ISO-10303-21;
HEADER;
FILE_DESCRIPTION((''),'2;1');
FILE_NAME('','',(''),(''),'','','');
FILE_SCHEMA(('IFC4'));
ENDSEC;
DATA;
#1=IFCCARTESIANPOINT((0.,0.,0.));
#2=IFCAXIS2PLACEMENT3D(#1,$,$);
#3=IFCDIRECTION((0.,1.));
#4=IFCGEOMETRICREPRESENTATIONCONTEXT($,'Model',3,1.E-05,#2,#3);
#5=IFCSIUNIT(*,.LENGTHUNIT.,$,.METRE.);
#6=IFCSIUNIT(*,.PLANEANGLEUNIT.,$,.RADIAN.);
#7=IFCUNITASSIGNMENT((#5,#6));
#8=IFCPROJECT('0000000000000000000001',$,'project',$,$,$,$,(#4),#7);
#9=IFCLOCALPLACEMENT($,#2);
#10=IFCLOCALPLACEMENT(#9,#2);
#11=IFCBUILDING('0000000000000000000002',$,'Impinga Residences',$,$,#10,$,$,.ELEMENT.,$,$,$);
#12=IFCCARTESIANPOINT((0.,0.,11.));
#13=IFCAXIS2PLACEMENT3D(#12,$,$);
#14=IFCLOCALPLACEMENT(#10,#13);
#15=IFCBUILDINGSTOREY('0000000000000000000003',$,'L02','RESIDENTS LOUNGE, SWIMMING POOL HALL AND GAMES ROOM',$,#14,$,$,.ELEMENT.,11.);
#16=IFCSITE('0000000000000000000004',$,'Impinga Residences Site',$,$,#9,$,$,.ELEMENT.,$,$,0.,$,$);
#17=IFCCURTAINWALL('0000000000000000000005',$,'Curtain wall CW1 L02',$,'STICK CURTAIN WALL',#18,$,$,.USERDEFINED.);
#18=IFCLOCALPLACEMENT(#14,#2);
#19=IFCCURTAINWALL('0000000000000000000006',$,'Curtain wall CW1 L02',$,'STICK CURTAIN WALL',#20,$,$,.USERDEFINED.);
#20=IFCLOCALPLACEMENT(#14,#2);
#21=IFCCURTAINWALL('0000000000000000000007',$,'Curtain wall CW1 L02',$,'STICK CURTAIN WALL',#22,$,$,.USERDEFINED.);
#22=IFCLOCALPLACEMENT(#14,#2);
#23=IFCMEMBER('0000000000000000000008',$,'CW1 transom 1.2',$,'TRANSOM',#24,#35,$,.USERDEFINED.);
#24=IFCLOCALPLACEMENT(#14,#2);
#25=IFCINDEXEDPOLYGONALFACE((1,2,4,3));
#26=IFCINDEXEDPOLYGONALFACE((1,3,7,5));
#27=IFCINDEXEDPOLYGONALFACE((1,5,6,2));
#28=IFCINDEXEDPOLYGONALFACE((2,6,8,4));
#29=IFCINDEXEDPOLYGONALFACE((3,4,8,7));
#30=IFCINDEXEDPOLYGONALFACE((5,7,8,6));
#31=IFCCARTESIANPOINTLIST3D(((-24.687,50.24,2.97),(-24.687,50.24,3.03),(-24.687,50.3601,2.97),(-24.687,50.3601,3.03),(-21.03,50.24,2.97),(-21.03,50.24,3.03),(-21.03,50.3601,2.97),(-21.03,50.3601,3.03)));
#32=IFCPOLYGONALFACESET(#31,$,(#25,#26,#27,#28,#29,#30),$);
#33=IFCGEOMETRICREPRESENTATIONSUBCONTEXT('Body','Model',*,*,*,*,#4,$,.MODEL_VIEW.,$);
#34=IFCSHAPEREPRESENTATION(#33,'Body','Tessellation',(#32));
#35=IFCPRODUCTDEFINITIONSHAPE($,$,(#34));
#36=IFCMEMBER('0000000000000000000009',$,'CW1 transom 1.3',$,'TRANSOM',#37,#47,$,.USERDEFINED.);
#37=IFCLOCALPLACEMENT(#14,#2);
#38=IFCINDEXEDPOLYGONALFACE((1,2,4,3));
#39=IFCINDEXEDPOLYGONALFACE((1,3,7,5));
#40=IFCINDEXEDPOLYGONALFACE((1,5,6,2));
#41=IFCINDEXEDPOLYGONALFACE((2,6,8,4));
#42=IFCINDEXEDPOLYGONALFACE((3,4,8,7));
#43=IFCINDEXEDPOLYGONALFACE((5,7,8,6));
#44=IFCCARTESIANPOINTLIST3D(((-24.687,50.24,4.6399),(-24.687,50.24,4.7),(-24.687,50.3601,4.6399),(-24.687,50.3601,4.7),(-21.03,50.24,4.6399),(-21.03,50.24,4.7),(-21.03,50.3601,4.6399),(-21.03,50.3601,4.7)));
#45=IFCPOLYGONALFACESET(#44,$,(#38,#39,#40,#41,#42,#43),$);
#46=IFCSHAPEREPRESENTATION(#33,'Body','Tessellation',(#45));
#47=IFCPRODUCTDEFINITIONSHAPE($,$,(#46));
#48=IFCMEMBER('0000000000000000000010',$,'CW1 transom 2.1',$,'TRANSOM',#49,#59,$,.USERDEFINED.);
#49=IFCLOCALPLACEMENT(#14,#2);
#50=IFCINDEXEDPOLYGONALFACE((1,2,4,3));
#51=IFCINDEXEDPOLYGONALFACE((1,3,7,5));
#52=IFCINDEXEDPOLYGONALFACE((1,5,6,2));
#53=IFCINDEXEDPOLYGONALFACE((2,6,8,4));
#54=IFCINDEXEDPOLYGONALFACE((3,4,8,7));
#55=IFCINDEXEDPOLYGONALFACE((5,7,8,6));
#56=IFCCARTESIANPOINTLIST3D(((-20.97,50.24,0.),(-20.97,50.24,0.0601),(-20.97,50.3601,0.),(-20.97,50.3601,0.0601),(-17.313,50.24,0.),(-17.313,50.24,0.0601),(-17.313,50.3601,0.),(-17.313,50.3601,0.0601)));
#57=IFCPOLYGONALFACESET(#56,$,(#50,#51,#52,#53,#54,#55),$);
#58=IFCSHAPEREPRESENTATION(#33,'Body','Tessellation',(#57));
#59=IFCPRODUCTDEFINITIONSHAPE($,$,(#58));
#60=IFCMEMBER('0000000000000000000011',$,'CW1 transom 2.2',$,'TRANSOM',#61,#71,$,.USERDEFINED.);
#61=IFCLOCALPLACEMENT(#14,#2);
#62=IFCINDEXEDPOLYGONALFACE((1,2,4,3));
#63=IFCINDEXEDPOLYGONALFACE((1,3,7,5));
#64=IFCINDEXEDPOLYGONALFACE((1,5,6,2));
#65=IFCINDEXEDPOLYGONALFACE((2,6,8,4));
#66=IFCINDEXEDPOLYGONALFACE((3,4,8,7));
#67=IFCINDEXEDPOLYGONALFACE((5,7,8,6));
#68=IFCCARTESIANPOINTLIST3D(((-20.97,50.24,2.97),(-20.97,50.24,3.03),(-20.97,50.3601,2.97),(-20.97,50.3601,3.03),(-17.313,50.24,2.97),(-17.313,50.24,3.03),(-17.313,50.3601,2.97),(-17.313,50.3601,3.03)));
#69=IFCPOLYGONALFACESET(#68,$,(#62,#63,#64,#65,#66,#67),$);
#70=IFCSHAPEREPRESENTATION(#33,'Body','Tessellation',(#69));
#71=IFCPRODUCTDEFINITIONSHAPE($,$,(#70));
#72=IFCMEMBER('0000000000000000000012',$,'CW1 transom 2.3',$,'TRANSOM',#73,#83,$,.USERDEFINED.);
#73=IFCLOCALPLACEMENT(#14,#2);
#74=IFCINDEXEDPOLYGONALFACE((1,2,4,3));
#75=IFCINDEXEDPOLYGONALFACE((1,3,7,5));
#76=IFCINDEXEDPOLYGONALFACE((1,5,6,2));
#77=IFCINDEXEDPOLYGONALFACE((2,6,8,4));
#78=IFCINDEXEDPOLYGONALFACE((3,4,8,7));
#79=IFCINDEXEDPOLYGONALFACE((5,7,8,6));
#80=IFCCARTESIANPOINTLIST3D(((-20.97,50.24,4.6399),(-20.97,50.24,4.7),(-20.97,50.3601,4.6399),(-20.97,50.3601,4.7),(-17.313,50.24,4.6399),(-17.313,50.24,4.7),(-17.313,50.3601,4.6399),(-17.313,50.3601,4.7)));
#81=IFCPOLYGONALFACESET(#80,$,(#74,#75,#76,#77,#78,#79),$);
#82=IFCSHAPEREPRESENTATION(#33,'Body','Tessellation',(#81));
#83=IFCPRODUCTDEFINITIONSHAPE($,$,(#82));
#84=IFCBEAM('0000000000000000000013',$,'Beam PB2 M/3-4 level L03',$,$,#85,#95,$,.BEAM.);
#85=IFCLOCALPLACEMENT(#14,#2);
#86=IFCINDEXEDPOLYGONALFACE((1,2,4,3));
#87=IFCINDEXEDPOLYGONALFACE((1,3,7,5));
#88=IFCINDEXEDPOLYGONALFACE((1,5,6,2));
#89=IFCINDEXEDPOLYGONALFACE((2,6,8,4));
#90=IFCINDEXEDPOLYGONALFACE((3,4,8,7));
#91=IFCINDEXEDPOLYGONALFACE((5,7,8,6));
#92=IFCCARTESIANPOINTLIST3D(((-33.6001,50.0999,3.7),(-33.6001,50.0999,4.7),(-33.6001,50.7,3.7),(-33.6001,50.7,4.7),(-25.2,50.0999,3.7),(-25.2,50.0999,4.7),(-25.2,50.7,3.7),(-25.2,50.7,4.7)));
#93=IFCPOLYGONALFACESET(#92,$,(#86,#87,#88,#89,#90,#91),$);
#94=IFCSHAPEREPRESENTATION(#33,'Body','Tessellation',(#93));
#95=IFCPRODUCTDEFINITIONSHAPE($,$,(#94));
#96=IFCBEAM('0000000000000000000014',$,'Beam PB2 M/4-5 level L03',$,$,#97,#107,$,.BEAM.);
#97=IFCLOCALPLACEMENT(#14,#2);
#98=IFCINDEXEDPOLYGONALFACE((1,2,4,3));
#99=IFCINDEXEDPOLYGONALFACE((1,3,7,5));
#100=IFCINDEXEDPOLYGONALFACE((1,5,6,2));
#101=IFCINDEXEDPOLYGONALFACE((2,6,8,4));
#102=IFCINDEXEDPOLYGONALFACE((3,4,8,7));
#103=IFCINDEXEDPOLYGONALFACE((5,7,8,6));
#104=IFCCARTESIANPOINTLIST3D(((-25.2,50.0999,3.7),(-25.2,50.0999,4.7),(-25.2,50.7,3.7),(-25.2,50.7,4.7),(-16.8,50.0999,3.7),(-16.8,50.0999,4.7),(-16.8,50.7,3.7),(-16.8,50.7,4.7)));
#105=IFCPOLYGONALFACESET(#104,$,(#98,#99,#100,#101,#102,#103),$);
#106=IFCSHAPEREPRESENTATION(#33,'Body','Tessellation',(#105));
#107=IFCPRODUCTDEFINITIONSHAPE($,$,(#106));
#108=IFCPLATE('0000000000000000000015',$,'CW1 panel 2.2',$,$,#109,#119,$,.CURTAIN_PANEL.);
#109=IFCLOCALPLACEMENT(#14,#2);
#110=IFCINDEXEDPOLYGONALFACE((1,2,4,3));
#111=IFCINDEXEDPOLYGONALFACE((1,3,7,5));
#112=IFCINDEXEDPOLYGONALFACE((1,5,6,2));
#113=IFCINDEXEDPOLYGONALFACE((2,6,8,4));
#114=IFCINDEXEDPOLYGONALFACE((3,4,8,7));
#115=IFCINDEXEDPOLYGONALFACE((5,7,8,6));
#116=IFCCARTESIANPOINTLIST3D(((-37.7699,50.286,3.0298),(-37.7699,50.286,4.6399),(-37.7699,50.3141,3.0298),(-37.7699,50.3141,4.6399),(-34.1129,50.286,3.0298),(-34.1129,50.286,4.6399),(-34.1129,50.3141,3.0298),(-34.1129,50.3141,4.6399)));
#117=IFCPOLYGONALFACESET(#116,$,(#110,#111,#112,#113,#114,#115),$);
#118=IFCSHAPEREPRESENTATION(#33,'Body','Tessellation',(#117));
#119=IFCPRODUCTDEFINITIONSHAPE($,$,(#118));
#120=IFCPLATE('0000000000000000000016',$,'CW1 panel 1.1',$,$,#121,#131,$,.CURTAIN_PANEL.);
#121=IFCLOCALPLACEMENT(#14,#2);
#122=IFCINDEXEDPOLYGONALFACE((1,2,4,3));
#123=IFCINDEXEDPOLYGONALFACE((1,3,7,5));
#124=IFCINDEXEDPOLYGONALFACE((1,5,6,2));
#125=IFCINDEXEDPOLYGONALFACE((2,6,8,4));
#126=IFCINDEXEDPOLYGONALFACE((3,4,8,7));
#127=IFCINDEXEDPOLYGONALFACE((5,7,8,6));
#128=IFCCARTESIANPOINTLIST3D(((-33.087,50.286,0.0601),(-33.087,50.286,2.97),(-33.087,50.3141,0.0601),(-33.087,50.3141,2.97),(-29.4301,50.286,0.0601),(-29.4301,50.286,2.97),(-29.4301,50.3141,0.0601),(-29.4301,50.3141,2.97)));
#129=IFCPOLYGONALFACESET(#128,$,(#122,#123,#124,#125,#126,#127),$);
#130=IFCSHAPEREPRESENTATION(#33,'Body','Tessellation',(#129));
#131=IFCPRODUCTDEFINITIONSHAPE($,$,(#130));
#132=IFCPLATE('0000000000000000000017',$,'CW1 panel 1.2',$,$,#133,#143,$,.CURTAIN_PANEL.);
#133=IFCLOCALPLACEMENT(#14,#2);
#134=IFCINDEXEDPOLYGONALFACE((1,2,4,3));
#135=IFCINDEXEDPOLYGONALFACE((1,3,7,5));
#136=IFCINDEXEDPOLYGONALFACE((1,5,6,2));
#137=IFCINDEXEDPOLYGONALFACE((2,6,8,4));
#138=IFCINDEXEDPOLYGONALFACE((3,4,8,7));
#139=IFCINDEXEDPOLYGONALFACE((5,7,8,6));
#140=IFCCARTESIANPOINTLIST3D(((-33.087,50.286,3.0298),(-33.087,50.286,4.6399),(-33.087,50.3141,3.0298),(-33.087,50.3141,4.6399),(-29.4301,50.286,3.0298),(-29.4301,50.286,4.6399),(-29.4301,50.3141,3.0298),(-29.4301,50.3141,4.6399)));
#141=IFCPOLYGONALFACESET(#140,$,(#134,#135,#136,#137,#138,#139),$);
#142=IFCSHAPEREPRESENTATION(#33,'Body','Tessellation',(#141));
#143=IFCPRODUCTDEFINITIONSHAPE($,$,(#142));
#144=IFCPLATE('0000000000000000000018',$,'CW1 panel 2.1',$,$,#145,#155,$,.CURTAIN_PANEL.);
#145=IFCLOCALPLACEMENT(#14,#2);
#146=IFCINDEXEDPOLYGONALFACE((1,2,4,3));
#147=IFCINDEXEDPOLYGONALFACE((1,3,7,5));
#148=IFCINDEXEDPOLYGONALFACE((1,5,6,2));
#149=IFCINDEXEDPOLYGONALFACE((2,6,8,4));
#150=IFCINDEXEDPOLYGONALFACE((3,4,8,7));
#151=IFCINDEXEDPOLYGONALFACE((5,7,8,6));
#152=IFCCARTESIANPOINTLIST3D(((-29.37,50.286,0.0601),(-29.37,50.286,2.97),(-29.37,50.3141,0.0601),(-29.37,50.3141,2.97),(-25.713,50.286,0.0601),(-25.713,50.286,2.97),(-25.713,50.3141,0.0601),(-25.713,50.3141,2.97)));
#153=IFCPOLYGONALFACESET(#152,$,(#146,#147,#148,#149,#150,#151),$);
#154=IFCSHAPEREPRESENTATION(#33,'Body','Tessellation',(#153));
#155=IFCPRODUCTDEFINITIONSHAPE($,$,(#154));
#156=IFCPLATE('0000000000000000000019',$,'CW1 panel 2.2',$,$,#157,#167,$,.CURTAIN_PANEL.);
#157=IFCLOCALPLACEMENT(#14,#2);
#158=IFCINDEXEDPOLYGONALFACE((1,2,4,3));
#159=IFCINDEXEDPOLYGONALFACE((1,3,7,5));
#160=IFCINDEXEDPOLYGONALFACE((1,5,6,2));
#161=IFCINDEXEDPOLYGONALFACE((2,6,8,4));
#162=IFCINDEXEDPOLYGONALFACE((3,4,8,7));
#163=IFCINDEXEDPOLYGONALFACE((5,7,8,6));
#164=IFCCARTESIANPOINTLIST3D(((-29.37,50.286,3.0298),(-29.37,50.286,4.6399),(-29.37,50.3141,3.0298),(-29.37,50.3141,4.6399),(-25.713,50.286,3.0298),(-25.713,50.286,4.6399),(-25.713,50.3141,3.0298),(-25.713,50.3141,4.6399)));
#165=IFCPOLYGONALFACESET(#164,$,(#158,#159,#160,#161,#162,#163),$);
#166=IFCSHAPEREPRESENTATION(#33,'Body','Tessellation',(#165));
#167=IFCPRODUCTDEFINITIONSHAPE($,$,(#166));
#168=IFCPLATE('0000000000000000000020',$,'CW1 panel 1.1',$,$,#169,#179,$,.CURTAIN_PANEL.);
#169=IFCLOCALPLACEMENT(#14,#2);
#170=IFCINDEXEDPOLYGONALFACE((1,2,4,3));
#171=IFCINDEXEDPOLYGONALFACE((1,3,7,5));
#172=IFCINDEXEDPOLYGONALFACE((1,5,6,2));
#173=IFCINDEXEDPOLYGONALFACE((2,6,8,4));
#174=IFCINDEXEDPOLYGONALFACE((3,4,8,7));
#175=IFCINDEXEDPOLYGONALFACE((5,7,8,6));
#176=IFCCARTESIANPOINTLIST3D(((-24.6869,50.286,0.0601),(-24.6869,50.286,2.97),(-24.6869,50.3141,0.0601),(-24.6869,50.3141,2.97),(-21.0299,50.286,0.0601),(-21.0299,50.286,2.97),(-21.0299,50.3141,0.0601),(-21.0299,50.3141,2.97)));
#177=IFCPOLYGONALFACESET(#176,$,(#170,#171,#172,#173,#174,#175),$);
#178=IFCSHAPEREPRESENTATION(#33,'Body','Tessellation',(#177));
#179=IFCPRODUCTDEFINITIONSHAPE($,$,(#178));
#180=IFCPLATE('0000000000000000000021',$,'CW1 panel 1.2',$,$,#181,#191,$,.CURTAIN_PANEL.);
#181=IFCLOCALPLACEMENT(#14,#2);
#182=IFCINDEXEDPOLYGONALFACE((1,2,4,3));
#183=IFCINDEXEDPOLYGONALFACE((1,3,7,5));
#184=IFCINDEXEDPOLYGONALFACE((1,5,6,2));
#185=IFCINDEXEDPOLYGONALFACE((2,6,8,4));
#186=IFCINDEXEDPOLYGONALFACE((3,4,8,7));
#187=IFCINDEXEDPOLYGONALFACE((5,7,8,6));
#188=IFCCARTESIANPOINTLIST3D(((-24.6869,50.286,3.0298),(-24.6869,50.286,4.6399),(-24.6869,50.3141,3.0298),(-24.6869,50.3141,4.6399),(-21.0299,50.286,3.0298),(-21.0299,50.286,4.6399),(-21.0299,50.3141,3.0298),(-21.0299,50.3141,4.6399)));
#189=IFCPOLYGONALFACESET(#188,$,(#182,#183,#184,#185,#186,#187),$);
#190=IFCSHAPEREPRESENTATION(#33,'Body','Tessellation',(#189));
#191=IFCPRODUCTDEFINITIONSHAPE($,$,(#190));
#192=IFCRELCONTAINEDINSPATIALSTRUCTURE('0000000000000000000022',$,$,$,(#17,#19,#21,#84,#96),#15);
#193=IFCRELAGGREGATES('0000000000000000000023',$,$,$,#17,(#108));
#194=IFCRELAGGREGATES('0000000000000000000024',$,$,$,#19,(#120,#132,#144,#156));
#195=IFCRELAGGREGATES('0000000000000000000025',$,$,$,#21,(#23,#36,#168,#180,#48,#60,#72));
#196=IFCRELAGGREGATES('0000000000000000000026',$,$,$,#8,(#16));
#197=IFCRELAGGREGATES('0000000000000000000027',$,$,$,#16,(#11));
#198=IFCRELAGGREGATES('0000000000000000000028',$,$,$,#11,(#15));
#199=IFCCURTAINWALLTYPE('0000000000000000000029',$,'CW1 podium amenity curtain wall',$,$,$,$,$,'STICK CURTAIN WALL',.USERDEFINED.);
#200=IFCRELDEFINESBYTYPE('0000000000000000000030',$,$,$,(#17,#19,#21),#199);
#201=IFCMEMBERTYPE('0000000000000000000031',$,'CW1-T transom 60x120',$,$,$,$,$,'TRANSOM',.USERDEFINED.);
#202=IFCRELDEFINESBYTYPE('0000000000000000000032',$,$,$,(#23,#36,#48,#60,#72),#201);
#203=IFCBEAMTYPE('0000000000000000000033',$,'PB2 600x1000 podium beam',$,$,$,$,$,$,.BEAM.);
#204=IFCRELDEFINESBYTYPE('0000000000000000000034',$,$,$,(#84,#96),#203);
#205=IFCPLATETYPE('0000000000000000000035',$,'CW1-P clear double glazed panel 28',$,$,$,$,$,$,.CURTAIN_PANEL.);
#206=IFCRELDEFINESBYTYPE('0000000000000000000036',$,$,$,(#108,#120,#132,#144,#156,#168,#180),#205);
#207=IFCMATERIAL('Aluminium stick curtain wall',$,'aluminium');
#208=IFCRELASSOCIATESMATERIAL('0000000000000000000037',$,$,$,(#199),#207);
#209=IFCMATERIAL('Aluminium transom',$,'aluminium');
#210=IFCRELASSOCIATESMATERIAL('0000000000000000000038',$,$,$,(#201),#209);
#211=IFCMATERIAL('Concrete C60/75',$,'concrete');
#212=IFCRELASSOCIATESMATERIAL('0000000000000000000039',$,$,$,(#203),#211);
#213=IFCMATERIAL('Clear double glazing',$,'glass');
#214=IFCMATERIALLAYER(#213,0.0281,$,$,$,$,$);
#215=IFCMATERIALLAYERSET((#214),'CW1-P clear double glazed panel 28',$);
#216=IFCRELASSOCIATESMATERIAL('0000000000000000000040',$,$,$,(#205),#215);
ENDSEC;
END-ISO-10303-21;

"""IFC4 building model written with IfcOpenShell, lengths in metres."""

from ifc_helpers import new_model, si_unit, direction, frame, origin, origin_2d, place, context, subcontext, project, spatial, rectangle, extrude, material, layer, layer_set, material_profile, profile_set, type_object, element, aggregate, save


model = new_model("IFC4")

# Units and contexts
model_context = context("Model", 3, precision=1e-05, world=origin(), true_north=direction((0.0, 1.0)))
body_context = subcontext(model_context, "Body", "Model", "MODEL_VIEW")
ifc_project = project(units=[si_unit("LENGTHUNIT", "METRE"), si_unit("PLANEANGLEUNIT", "RADIAN")], contexts=[model_context])

# Site, building, storey
site_placement = place(None, origin())
site = spatial("IfcSite", under=ifc_project, at=site_placement, Name="Impinga Residences Site", CompositionType="ELEMENT", RefElevation=0.0)
building_placement = place(site_placement, origin())
building = spatial("IfcBuilding", under=site, at=building_placement, Name="Impinga Residences", CompositionType="ELEMENT")
storey_placement = place(building_placement, frame((0.0, 0.0, 11.0)))
storey = spatial("IfcBuildingStorey", under=building, at=storey_placement, Name="L02", Description="RESIDENTS LOUNGE, SWIMMING POOL HALL AND GAMES ROOM", CompositionType="ELEMENT", Elevation=11.0)

# Curtain wall
ifc_material_1 = material(Name="Aluminium stick curtain wall", Category="aluminium")
curtain_wall_type = type_object("IfcCurtainWallType", Name="CW1 podium amenity curtain wall", ElementType="STICK CURTAIN WALL", PredefinedType="USERDEFINED", material=ifc_material_1)
curtain_wall_1_placement = place(storey_placement, origin())
curtain_wall_1 = element("IfcCurtainWall", 1, at=curtain_wall_1_placement, inside=storey, type_object=curtain_wall_type, Name="Curtain wall CW1 L02", ObjectType="STICK CURTAIN WALL", PredefinedType="USERDEFINED")

# Curtain walls
curtain_wall_2_placement = place(storey_placement, origin())
curtain_wall_2 = element("IfcCurtainWall", 2, at=curtain_wall_2_placement, inside=storey, type_object=curtain_wall_type, Name="Curtain wall CW1 L02", ObjectType="STICK CURTAIN WALL", PredefinedType="USERDEFINED")
curtain_wall_3_placement = place(storey_placement, origin())
curtain_wall_3 = element("IfcCurtainWall", 3, at=curtain_wall_3_placement, inside=storey, type_object=curtain_wall_type, Name="Curtain wall CW1 L02", ObjectType="STICK CURTAIN WALL", PredefinedType="USERDEFINED")

# Members
ifc_material_2 = material(Name="Aluminium transom", Category="aluminium")
ifc_material_profile_1 = material_profile(ifc_material_2, rectangle(XDim=0.0601, YDim=0.1201, at=origin_2d()), Name="60x120 transom")
ifc_profile_set_1 = profile_set([ifc_material_profile_1], Name="Aluminium transom")
member_type_1 = type_object("IfcMemberType", Name="CW1-T transom 60x120", ElementType="TRANSOM", PredefinedType="USERDEFINED", material=ifc_profile_set_1)
member_1_placement = place(storey_placement, frame((-24.687, 50.3, 3.0), z_axis=(1.0, 0.0, 0.0), x_axis=(0.0, 0.0, 1.0)))
member_1 = element("IfcMember", 4, at=member_1_placement, type_object=member_type_1, Name="CW1 transom 1.2", ObjectType="TRANSOM", PredefinedType="USERDEFINED", context=body_context, shape_type="SweptSolid", body=[
    extrude(rectangle(XDim=0.0601, YDim=0.1201, at=origin_2d()), origin(), (0.0, 0.0, 1.0), 3.657),
])
member_2_placement = place(storey_placement, frame((-24.687, 50.3, 4.6699), z_axis=(1.0, 0.0, 0.0), x_axis=(0.0, 0.0, 1.0)))
member_2 = element("IfcMember", 5, at=member_2_placement, type_object=member_type_1, Name="CW1 transom 1.3", ObjectType="TRANSOM", PredefinedType="USERDEFINED", context=body_context, shape_type="SweptSolid", body=[
    extrude(rectangle(XDim=0.0601, YDim=0.1201, at=origin_2d()), origin(), (0.0, 0.0, 1.0), 3.657),
])
member_3_placement = place(storey_placement, frame((-20.97, 50.3, 0.03), z_axis=(1.0, 0.0, 0.0), x_axis=(0.0, 0.0, 1.0)))
member_3 = element("IfcMember", 6, at=member_3_placement, type_object=member_type_1, Name="CW1 transom 2.1", ObjectType="TRANSOM", PredefinedType="USERDEFINED", context=body_context, shape_type="SweptSolid", body=[
    extrude(rectangle(XDim=0.0601, YDim=0.1201, at=origin_2d()), origin(), (0.0, 0.0, 1.0), 3.657),
])
member_4_placement = place(storey_placement, frame((-20.97, 50.3, 3.0), z_axis=(1.0, 0.0, 0.0), x_axis=(0.0, 0.0, 1.0)))
member_4 = element("IfcMember", 7, at=member_4_placement, type_object=member_type_1, Name="CW1 transom 2.2", ObjectType="TRANSOM", PredefinedType="USERDEFINED", context=body_context, shape_type="SweptSolid", body=[
    extrude(rectangle(XDim=0.0601, YDim=0.1201, at=origin_2d()), origin(), (0.0, 0.0, 1.0), 3.657),
])
member_5_placement = place(storey_placement, frame((-20.97, 50.3, 4.6699), z_axis=(1.0, 0.0, 0.0), x_axis=(0.0, 0.0, 1.0)))
member_5 = element("IfcMember", 8, at=member_5_placement, type_object=member_type_1, Name="CW1 transom 2.3", ObjectType="TRANSOM", PredefinedType="USERDEFINED", context=body_context, shape_type="SweptSolid", body=[
    extrude(rectangle(XDim=0.0601, YDim=0.1201, at=origin_2d()), origin(), (0.0, 0.0, 1.0), 3.657),
])

# Beams
ifc_material_3 = material(Name="Concrete C60/75", Category="concrete")
ifc_material_profile_2 = material_profile(ifc_material_3, rectangle(XDim=0.6001, YDim=1.0, at=origin_2d()), Name="RC 600x1000")
ifc_profile_set_2 = profile_set([ifc_material_profile_2], Name="Concrete C60/75")
beam_type = type_object("IfcBeamType", Name="PB2 600x1000 podium beam", PredefinedType="BEAM", material=ifc_profile_set_2)
beam_1_placement = place(storey_placement, frame((-33.6001, 50.3999, 4.2), z_axis=(1.0, 0.0, 0.0), x_axis=(0.0, 1.0, 0.0)))
element("IfcBeam", 9, at=beam_1_placement, inside=storey, type_object=beam_type, Name="Beam PB2 M/3-4 level L03", PredefinedType="BEAM", context=body_context, shape_type="SweptSolid", body=[
    extrude(rectangle(XDim=0.6001, YDim=1.0, at=origin_2d()), origin(), (0.0, 0.0, 1.0), 8.4001),
])
beam_2_placement = place(storey_placement, frame((-25.2, 50.3999, 4.2), z_axis=(1.0, 0.0, 0.0), x_axis=(0.0, 1.0, 0.0)))
element("IfcBeam", 10, at=beam_2_placement, inside=storey, type_object=beam_type, Name="Beam PB2 M/4-5 level L03", PredefinedType="BEAM", context=body_context, shape_type="SweptSolid", body=[
    extrude(rectangle(XDim=0.6001, YDim=1.0, at=origin_2d()), origin(), (0.0, 0.0, 1.0), 8.3999),
])

# Plates
ifc_material_4 = material(Name="Clear double glazing", Category="glass")
ifc_layer = layer(ifc_material_4, 0.0281)
ifc_layer_set = layer_set([ifc_layer], Name="CW1-P clear double glazed panel 28")
plate_type = type_object("IfcPlateType", Name="CW1-P clear double glazed panel 28", PredefinedType="CURTAIN_PANEL", material=ifc_layer_set)
plate_1_placement = place(storey_placement, frame((-35.9414, 50.3, 3.0298), z_axis=(0.0, 0.0, 1.0), x_axis=(1.0, 0.0, 0.0)))
plate_1 = element("IfcPlate", 11, at=plate_1_placement, type_object=plate_type, Name="CW1 panel 2.2", PredefinedType="CURTAIN_PANEL", context=body_context, shape_type="SweptSolid", body=[
    extrude(rectangle(XDim=3.657, YDim=0.0281, at=origin_2d()), origin(), (0.0, 0.0, 1.0), 1.6101),
])
aggregate(curtain_wall_1, [plate_1])
plate_2_placement = place(storey_placement, frame((-31.2585, 50.3, 0.0601), z_axis=(0.0, 0.0, 1.0), x_axis=(1.0, 0.0, 0.0)))
plate_2 = element("IfcPlate", 12, at=plate_2_placement, type_object=plate_type, Name="CW1 panel 1.1", PredefinedType="CURTAIN_PANEL", context=body_context, shape_type="SweptSolid", body=[
    extrude(rectangle(XDim=3.657, YDim=0.0281, at=origin_2d()), origin(), (0.0, 0.0, 1.0), 2.9099),
])
plate_3_placement = place(storey_placement, frame((-31.2585, 50.3, 3.0298), z_axis=(0.0, 0.0, 1.0), x_axis=(1.0, 0.0, 0.0)))
plate_3 = element("IfcPlate", 13, at=plate_3_placement, type_object=plate_type, Name="CW1 panel 1.2", PredefinedType="CURTAIN_PANEL", context=body_context, shape_type="SweptSolid", body=[
    extrude(rectangle(XDim=3.657, YDim=0.0281, at=origin_2d()), origin(), (0.0, 0.0, 1.0), 1.6101),
])
plate_4_placement = place(storey_placement, frame((-27.5415, 50.3, 0.0601), z_axis=(0.0, 0.0, 1.0), x_axis=(1.0, 0.0, 0.0)))
plate_4 = element("IfcPlate", 14, at=plate_4_placement, type_object=plate_type, Name="CW1 panel 2.1", PredefinedType="CURTAIN_PANEL", context=body_context, shape_type="SweptSolid", body=[
    extrude(rectangle(XDim=3.657, YDim=0.0281, at=origin_2d()), origin(), (0.0, 0.0, 1.0), 2.9099),
])
plate_5_placement = place(storey_placement, frame((-27.5415, 50.3, 3.0298), z_axis=(0.0, 0.0, 1.0), x_axis=(1.0, 0.0, 0.0)))
plate_5 = element("IfcPlate", 15, at=plate_5_placement, type_object=plate_type, Name="CW1 panel 2.2", PredefinedType="CURTAIN_PANEL", context=body_context, shape_type="SweptSolid", body=[
    extrude(rectangle(XDim=3.657, YDim=0.0281, at=origin_2d()), origin(), (0.0, 0.0, 1.0), 1.6101),
])
aggregate(curtain_wall_2, [plate_2, plate_3, plate_4, plate_5])
plate_6_placement = place(storey_placement, frame((-22.8584, 50.3, 0.0601), z_axis=(0.0, 0.0, 1.0), x_axis=(1.0, 0.0, 0.0)))
plate_6 = element("IfcPlate", 16, at=plate_6_placement, type_object=plate_type, Name="CW1 panel 1.1", PredefinedType="CURTAIN_PANEL", context=body_context, shape_type="SweptSolid", body=[
    extrude(rectangle(XDim=3.657, YDim=0.0281, at=origin_2d()), origin(), (0.0, 0.0, 1.0), 2.9099),
])
plate_7_placement = place(storey_placement, frame((-22.8584, 50.3, 3.0298), z_axis=(0.0, 0.0, 1.0), x_axis=(1.0, 0.0, 0.0)))
plate_7 = element("IfcPlate", 17, at=plate_7_placement, type_object=plate_type, Name="CW1 panel 1.2", PredefinedType="CURTAIN_PANEL", context=body_context, shape_type="SweptSolid", body=[
    extrude(rectangle(XDim=3.657, YDim=0.0281, at=origin_2d()), origin(), (0.0, 0.0, 1.0), 1.6101),
])
aggregate(curtain_wall_3, [member_1, member_2, plate_6, plate_7, member_3, member_4, member_5])

save(model, "model.ifc")
